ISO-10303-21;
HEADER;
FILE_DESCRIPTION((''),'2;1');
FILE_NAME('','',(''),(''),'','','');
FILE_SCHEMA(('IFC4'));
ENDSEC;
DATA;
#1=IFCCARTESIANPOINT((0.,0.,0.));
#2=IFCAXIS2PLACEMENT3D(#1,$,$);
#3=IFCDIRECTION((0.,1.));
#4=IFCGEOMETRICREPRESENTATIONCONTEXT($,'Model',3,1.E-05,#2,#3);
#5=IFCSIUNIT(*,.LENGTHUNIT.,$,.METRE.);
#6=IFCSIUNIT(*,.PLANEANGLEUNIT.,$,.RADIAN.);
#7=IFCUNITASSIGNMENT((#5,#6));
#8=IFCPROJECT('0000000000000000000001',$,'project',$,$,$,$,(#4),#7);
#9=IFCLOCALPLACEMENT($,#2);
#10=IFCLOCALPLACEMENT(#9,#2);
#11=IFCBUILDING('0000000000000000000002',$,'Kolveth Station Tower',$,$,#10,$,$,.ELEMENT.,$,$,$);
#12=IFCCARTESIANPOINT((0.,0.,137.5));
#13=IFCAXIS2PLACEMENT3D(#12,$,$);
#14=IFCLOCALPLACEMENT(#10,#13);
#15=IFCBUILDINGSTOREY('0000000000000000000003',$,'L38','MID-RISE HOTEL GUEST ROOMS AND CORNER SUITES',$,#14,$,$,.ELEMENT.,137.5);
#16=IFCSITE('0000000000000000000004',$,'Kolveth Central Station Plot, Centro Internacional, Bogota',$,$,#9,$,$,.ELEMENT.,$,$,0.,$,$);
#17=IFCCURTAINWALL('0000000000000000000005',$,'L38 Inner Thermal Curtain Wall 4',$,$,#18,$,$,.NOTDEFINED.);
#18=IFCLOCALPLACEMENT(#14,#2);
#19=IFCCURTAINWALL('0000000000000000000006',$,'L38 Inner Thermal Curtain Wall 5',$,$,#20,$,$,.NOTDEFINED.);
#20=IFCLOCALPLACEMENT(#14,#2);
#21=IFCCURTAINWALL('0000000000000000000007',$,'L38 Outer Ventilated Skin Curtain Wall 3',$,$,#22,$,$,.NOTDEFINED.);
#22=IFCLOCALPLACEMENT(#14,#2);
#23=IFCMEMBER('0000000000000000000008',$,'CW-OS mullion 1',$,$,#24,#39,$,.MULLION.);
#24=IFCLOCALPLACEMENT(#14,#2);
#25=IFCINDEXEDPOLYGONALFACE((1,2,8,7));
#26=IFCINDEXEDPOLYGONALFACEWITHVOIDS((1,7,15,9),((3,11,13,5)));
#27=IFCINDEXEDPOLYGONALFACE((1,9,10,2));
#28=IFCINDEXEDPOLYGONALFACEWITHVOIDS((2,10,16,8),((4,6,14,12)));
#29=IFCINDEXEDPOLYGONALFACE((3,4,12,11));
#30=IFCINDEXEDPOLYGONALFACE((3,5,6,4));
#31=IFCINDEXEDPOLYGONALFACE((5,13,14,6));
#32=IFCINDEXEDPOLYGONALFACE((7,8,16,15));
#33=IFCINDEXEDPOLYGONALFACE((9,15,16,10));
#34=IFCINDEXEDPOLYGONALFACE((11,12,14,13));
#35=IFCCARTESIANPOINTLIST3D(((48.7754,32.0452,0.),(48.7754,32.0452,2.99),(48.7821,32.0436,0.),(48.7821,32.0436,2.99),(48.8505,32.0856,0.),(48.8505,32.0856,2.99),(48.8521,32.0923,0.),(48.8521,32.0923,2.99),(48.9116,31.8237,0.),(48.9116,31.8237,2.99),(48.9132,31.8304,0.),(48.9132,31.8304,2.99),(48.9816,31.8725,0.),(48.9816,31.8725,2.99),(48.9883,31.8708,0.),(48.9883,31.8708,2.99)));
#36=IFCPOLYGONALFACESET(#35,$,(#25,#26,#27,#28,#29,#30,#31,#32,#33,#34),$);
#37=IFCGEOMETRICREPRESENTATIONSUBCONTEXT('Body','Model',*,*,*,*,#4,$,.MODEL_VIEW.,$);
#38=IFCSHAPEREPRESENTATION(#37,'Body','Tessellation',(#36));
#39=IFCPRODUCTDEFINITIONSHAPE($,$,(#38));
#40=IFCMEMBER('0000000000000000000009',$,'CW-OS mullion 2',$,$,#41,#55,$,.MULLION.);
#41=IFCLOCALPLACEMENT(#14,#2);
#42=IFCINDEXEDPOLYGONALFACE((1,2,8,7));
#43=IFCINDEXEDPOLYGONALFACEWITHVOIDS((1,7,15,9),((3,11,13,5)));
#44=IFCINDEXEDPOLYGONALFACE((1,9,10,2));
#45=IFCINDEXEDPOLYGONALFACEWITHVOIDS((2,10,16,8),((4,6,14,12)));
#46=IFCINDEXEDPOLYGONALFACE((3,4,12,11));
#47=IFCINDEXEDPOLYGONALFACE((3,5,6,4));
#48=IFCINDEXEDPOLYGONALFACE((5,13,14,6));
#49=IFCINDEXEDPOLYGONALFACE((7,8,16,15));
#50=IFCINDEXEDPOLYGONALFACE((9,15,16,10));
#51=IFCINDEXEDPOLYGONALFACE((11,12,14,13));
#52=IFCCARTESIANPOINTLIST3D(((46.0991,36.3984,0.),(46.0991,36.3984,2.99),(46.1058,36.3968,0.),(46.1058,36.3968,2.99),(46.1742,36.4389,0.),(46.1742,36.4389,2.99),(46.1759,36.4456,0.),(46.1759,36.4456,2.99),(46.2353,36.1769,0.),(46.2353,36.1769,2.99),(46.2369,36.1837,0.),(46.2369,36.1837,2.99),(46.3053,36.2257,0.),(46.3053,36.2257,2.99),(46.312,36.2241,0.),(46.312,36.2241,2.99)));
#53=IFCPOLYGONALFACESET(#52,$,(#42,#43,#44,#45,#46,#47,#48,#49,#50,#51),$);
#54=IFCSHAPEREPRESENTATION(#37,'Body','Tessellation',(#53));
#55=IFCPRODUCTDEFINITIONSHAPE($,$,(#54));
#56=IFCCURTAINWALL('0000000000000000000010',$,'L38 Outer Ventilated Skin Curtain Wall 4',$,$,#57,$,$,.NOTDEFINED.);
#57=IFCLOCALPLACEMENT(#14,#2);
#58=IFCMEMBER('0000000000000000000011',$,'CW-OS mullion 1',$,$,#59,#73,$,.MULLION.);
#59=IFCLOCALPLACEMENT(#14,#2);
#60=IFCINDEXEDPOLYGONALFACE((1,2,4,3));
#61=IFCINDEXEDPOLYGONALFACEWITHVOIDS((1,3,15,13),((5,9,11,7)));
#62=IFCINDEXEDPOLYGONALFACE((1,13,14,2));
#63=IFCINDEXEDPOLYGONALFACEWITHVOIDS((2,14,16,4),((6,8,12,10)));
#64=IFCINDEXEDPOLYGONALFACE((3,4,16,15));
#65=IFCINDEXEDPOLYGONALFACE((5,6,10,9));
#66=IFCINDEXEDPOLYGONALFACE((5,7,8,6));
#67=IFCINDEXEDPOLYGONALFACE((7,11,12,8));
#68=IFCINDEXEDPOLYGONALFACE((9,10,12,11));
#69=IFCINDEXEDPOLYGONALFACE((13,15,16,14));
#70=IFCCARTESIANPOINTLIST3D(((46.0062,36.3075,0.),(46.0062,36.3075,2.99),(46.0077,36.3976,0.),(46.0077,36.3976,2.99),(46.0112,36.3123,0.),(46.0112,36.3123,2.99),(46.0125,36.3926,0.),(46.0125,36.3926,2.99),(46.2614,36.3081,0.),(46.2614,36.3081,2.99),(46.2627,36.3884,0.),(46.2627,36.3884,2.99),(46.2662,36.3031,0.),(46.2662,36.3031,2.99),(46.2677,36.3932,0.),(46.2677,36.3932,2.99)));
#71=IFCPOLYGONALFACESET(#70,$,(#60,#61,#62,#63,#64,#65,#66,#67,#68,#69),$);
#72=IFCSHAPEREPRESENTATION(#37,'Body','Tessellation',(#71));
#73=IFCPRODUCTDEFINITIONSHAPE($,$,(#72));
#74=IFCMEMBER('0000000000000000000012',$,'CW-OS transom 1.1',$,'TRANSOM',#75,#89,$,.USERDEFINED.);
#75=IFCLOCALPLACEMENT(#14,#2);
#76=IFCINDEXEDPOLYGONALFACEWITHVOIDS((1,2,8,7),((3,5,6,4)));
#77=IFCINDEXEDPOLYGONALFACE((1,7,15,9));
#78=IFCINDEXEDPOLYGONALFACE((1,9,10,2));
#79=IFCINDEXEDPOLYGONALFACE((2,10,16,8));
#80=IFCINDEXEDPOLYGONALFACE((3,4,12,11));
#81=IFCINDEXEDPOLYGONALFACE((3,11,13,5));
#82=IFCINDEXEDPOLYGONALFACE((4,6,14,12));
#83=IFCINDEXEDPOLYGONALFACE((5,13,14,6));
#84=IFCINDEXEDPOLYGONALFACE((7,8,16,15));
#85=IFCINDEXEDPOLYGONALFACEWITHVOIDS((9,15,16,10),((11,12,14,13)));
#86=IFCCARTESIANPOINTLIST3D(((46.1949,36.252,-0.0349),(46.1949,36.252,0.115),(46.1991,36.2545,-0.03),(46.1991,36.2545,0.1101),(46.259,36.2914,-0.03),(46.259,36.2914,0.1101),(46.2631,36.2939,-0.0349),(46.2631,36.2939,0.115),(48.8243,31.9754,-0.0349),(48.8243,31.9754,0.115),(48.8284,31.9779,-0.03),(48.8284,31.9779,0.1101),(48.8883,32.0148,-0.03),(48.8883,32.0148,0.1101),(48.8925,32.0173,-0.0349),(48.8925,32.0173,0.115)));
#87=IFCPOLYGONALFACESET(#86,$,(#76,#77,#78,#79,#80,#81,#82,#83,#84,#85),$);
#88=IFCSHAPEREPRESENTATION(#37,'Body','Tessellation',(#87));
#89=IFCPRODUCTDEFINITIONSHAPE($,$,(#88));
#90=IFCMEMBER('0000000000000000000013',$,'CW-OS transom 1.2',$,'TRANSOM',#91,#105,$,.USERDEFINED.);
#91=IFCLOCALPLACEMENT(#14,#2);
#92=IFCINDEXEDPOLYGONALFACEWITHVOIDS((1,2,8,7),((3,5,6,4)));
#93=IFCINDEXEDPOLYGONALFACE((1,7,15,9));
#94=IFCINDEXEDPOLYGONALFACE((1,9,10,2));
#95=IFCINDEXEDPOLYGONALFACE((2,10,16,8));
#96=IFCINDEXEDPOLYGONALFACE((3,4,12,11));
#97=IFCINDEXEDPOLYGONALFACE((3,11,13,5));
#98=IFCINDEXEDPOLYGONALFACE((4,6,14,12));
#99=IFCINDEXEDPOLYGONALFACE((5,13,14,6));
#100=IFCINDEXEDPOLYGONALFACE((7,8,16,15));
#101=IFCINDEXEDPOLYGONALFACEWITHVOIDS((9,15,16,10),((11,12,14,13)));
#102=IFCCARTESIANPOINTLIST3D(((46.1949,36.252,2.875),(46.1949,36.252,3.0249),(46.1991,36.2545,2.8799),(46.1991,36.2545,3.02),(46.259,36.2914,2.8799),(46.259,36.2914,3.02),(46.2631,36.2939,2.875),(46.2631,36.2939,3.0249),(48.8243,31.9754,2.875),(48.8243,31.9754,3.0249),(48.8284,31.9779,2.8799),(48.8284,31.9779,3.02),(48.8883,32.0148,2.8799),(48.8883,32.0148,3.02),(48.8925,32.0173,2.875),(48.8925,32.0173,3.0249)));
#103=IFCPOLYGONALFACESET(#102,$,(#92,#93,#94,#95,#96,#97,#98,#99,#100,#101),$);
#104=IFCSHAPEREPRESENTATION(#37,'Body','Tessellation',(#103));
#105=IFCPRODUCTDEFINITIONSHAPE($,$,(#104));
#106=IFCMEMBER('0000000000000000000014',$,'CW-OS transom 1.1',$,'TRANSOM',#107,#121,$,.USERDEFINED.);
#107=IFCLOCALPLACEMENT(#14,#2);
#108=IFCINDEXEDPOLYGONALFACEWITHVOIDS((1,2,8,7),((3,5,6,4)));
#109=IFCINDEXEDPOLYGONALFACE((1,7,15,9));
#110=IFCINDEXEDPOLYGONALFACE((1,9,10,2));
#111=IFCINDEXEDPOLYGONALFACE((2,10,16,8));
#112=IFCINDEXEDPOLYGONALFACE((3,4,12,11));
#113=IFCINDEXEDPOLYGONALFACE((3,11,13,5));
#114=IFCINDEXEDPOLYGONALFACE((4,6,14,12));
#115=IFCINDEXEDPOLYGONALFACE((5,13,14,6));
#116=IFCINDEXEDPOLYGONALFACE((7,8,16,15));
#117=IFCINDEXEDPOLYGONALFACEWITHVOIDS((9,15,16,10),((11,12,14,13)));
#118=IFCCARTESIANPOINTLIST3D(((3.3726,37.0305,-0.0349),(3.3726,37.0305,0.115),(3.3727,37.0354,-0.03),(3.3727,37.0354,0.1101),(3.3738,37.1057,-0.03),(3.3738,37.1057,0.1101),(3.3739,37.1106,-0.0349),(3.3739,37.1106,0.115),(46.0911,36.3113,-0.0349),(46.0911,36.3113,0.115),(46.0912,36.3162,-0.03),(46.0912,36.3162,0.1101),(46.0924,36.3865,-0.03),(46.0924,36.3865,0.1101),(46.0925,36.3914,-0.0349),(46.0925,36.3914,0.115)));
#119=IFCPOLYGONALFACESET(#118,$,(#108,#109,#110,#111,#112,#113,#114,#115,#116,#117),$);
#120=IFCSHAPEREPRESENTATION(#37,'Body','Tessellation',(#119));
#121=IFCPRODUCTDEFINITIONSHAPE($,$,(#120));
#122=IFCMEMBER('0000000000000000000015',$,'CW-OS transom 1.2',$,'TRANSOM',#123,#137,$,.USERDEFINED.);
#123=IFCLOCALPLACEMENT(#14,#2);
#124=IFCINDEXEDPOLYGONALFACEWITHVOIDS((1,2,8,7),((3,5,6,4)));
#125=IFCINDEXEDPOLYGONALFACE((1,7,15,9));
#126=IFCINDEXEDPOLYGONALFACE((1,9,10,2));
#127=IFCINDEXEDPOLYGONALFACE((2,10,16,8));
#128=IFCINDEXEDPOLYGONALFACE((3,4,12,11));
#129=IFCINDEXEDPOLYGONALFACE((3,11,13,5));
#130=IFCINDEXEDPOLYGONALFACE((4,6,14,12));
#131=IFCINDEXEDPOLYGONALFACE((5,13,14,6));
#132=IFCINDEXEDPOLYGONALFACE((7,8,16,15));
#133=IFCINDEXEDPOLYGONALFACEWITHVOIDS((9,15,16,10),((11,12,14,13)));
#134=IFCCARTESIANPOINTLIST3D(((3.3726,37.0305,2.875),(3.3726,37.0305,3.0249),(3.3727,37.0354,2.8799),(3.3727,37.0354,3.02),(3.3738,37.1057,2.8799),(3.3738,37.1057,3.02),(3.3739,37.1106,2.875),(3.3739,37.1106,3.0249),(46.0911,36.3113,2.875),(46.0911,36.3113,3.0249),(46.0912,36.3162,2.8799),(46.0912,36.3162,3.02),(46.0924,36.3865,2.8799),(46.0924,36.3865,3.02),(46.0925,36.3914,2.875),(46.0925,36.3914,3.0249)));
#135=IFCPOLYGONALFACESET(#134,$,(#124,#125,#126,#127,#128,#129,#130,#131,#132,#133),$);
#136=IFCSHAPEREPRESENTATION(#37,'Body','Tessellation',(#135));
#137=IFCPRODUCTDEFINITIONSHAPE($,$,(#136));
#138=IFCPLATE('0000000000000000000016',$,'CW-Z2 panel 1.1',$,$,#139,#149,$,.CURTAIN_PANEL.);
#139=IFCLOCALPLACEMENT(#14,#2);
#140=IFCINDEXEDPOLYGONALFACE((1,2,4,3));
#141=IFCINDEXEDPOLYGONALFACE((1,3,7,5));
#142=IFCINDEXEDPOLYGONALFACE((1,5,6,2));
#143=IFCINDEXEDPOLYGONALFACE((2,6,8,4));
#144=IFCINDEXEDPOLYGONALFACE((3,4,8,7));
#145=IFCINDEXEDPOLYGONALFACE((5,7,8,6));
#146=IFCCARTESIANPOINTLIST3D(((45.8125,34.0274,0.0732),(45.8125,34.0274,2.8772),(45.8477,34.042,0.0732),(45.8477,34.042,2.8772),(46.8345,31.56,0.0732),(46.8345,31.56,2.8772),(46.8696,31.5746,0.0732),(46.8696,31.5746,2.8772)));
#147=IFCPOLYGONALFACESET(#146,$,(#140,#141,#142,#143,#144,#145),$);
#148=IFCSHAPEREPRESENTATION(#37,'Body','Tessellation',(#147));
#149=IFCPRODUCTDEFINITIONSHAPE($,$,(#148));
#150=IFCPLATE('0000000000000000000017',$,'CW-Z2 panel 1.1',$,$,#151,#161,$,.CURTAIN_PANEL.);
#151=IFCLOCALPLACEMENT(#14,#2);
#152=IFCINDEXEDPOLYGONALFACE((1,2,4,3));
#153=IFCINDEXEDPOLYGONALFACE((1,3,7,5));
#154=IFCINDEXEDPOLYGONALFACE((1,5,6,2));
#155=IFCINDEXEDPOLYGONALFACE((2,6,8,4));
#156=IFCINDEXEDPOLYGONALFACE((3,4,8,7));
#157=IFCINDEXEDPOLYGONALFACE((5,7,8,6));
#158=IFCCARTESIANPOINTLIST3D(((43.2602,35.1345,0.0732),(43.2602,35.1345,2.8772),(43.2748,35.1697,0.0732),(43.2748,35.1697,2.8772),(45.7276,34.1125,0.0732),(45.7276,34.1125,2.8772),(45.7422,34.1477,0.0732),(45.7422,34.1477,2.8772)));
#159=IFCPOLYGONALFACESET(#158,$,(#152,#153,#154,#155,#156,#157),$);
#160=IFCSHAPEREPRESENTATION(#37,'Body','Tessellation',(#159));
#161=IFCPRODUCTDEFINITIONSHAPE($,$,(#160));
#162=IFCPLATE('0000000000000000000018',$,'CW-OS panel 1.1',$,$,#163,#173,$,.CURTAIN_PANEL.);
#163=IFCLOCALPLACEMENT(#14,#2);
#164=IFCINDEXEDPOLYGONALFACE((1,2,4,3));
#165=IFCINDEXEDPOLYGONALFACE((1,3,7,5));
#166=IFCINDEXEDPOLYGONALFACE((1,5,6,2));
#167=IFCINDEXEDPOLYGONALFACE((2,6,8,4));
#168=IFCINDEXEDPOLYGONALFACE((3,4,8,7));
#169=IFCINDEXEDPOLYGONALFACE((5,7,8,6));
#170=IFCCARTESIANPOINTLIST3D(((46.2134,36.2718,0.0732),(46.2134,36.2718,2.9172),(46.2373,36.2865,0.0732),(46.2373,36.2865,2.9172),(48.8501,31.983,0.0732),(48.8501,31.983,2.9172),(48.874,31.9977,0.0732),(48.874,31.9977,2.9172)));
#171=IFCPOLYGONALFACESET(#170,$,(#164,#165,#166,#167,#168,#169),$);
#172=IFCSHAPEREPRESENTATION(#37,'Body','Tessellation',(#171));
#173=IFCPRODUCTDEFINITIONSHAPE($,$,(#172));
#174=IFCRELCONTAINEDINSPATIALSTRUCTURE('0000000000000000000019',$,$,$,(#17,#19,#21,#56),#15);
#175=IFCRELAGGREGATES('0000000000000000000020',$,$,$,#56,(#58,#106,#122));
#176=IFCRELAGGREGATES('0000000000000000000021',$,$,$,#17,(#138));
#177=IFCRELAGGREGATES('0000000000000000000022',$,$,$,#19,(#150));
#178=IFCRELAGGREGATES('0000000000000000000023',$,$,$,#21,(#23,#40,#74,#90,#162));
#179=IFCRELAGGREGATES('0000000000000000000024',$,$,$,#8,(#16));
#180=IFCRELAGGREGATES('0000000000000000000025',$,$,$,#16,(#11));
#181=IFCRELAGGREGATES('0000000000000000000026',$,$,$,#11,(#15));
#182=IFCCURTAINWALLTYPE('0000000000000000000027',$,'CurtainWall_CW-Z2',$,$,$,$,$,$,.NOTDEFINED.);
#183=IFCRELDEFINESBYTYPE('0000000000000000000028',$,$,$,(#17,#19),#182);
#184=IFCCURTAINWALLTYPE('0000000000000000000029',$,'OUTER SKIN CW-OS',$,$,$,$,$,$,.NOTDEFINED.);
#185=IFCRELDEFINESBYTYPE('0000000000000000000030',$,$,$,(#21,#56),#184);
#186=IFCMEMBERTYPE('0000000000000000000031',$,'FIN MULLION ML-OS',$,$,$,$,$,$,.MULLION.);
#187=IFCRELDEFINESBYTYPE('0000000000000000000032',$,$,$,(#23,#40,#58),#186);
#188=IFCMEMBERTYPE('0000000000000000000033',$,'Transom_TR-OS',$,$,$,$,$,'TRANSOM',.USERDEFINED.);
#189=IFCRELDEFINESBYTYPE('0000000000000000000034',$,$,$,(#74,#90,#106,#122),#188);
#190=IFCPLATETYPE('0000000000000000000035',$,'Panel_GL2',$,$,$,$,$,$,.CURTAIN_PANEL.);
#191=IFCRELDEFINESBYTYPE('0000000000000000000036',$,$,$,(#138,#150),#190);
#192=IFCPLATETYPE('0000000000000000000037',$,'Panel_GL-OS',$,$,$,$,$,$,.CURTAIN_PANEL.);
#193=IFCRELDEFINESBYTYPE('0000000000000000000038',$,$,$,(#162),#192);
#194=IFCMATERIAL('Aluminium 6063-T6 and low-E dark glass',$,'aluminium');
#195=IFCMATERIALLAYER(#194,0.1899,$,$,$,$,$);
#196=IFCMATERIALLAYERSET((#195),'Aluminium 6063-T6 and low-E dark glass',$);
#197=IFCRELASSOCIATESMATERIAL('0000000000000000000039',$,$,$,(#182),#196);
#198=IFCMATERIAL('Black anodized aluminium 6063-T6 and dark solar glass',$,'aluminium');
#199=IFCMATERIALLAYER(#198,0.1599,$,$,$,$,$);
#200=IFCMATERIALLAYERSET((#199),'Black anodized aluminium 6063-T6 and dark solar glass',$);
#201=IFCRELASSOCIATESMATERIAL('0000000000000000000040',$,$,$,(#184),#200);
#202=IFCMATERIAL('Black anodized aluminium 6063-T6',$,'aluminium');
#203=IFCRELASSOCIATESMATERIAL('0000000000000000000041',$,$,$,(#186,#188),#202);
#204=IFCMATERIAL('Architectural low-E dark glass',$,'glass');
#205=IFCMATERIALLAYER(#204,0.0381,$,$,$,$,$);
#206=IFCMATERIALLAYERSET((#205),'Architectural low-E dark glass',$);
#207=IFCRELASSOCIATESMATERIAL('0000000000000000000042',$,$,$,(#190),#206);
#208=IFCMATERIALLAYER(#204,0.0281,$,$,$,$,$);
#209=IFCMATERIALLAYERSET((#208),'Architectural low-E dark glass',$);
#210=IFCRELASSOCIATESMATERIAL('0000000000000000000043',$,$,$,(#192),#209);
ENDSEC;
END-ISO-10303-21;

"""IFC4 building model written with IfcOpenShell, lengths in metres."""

from ifc_helpers import new_model, si_unit, direction, frame, origin, origin_2d, place, context, subcontext, project, spatial, rectangle, hollow_rectangle, extrude, source, transform, mapped, material, layer, layer_set, material_profile, profile_set, type_object, element, aggregate, save


model = new_model("IFC4")

# Units and contexts
model_context = context("Model", 3, precision=1e-05, world=origin(), true_north=direction((0.0, 1.0)))
body_context = subcontext(model_context, "Body", "Model", "MODEL_VIEW")
ifc_project = project(units=[si_unit("LENGTHUNIT", "METRE"), si_unit("PLANEANGLEUNIT", "RADIAN")], contexts=[model_context])

# Site, building, storey
site_placement = place(None, origin())
site = spatial("IfcSite", under=ifc_project, at=site_placement, Name="Kolveth Central Station Plot, Centro Internacional, Bogota", CompositionType="ELEMENT", RefElevation=0.0)
building_placement = place(site_placement, origin())
building = spatial("IfcBuilding", under=site, at=building_placement, Name="Kolveth Station Tower", CompositionType="ELEMENT")
storey_placement = place(building_placement, frame((0.0, 0.0, 137.5)))
storey = spatial("IfcBuildingStorey", under=building, at=storey_placement, Name="L38", Description="MID-RISE HOTEL GUEST ROOMS AND CORNER SUITES", CompositionType="ELEMENT", Elevation=137.5)

# Curtain wall
ifc_material_1 = material(Name="Aluminium 6063-T6 and low-E dark glass", Category="aluminium")
ifc_layer_1 = layer(ifc_material_1, 0.1899)
ifc_layer_set_1 = layer_set([ifc_layer_1], Name="Aluminium 6063-T6 and low-E dark glass")
curtain_wall_type_1 = type_object("IfcCurtainWallType", Name="CurtainWall_CW-Z2", PredefinedType="NOTDEFINED", material=ifc_layer_set_1)
curtain_wall_1_placement = place(storey_placement, origin())
curtain_wall_1 = element("IfcCurtainWall", 1, at=curtain_wall_1_placement, inside=storey, type_object=curtain_wall_type_1, Name="L38 Inner Thermal Curtain Wall 4", PredefinedType="NOTDEFINED")
ifc_material_2 = material(Name="Black anodized aluminium 6063-T6", Category="aluminium")

# Curtain wall
curtain_wall_2_placement = place(storey_placement, origin())
curtain_wall_2 = element("IfcCurtainWall", 2, at=curtain_wall_2_placement, inside=storey, type_object=curtain_wall_type_1, Name="L38 Inner Thermal Curtain Wall 5", PredefinedType="NOTDEFINED")

# Shared definitions
ifc_material_3 = material(Name="Black anodized aluminium 6063-T6 and dark solar glass", Category="aluminium")
ifc_layer_2 = layer(ifc_material_3, 0.1599)
ifc_layer_set_2 = layer_set([ifc_layer_2], Name="Black anodized aluminium 6063-T6 and dark solar glass")
curtain_wall_type_2 = type_object("IfcCurtainWallType", Name="OUTER SKIN CW-OS", PredefinedType="NOTDEFINED", material=ifc_layer_set_2)
ifc_material_profile_1 = material_profile(ifc_material_2, hollow_rectangle(XDim=0.0901, YDim=0.26, WallThickness=0.0049, at=origin_2d()), Name="ALU-90x260x5")
ifc_profile_set_1 = profile_set([ifc_material_profile_1], Name="Black anodized aluminium 6063-T6")
member_type_1 = type_object("IfcMemberType", Name="FIN MULLION ML-OS", PredefinedType="MULLION", material=ifc_profile_set_1)
shared_shape_1 = source(origin(), body_context, "Body", "SweptSolid", [
    extrude(hollow_rectangle(XDim=0.0901, YDim=0.26, WallThickness=0.0049, at=origin_2d()), origin(), (0.0, 0.0, 1.0), 2.99),
])

# Curtain wall, members
curtain_wall_3_placement = place(storey_placement, origin())
curtain_wall_3 = element("IfcCurtainWall", 3, at=curtain_wall_3_placement, inside=storey, type_object=curtain_wall_type_2, Name="L38 Outer Ventilated Skin Curtain Wall 3", PredefinedType="NOTDEFINED")
member_1_placement = place(storey_placement, frame((48.8818, 31.958, 0.0), z_axis=(0.0, 0.0, 1.0), x_axis=(-0.851883, -0.523733, 0.0)))
member_1 = element("IfcMember", 4, at=member_1_placement, type_object=member_type_1, Name="CW-OS mullion 1", PredefinedType="MULLION", context=body_context, shape_type="MappedRepresentation", body=[
    mapped(shared_shape_1, transform((0.0, 0.0, 0.0), x_axis=(1.0, 0.0, 0.0), y_axis=(0.0, 1.0, 0.0), z_axis=(0.0, 0.0, 1.0), scale=1.0)),
])
member_2_placement = place(storey_placement, frame((46.2056, 36.3113, 0.0), z_axis=(0.0, 0.0, 1.0), x_axis=(-0.851883, -0.523733, 0.0)))
member_2 = element("IfcMember", 5, at=member_2_placement, type_object=member_type_1, Name="CW-OS mullion 2", PredefinedType="MULLION", context=body_context, shape_type="MappedRepresentation", body=[
    mapped(shared_shape_1, transform((0.0, 0.0, 0.0), x_axis=(1.0, 0.0, 0.0), y_axis=(0.0, 1.0, 0.0), z_axis=(0.0, 0.0, 1.0), scale=1.0)),
])

# Curtain wall, member
curtain_wall_4_placement = place(storey_placement, origin())
curtain_wall_4 = element("IfcCurtainWall", 6, at=curtain_wall_4_placement, inside=storey, type_object=curtain_wall_type_2, Name="L38 Outer Ventilated Skin Curtain Wall 4", PredefinedType="NOTDEFINED")
member_3_placement = place(storey_placement, frame((46.137, 36.3503, 0.0), z_axis=(0.0, 0.0, 1.0), x_axis=(-0.016837, -0.999858, 0.0)))
member_3 = element("IfcMember", 7, at=member_3_placement, type_object=member_type_1, Name="CW-OS mullion 1", PredefinedType="MULLION", context=body_context, shape_type="MappedRepresentation", body=[
    mapped(shared_shape_1, transform((0.0, 0.0, 0.0), x_axis=(1.0, 0.0, 0.0), y_axis=(0.0, 1.0, 0.0), z_axis=(0.0, 0.0, 1.0), scale=1.0)),
])

# Members
ifc_material_profile_2 = material_profile(ifc_material_2, hollow_rectangle(XDim=0.0801, YDim=0.1499, WallThickness=0.0049, at=origin_2d()), Name="ALU-80x150x5")
ifc_profile_set_2 = profile_set([ifc_material_profile_2], Name="Black anodized aluminium 6063-T6")
member_type_2 = type_object("IfcMemberType", Name="Transom_TR-OS", ElementType="TRANSOM", PredefinedType="USERDEFINED", material=ifc_profile_set_2)
shared_shape_2 = source(origin(), body_context, "Body", "SweptSolid", [
    extrude(hollow_rectangle(XDim=0.0801, YDim=0.1499, WallThickness=0.0049, at=origin_2d()), origin(), (0.0, 0.0, 1.0), 5.0203),
])
member_4_placement = place(storey_placement, frame((48.8584, 31.9963, 0.04), z_axis=(-0.523756, 0.851869, 0.0), x_axis=(-0.851869, -0.523756, 0.0)))
member_4 = element("IfcMember", 8, at=member_4_placement, type_object=member_type_2, Name="CW-OS transom 1.1", ObjectType="TRANSOM", PredefinedType="USERDEFINED", context=body_context, shape_type="MappedRepresentation", body=[
    mapped(shared_shape_2, transform((0.0, 0.0, 0.0), x_axis=(1.0, 0.0, 0.0), y_axis=(0.0, 1.0, 0.0), z_axis=(0.0, 0.0, 1.0), scale=1.0)),
])
member_5_placement = place(storey_placement, frame((48.8584, 31.9963, 2.95), z_axis=(-0.523756, 0.851869, 0.0), x_axis=(-0.851869, -0.523756, 0.0)))
member_5 = element("IfcMember", 9, at=member_5_placement, type_object=member_type_2, Name="CW-OS transom 1.2", ObjectType="TRANSOM", PredefinedType="USERDEFINED", context=body_context, shape_type="MappedRepresentation", body=[
    mapped(shared_shape_2, transform((0.0, 0.0, 0.0), x_axis=(1.0, 0.0, 0.0), y_axis=(0.0, 1.0, 0.0), z_axis=(0.0, 0.0, 1.0), scale=1.0)),
])
shared_shape_3 = source(origin(), body_context, "Body", "SweptSolid", [
    extrude(hollow_rectangle(XDim=0.0801, YDim=0.1499, WallThickness=0.0049, at=origin_2d()), origin(), (0.0, 0.0, 1.0), 42.7246),
])
member_6_placement = place(storey_placement, frame((46.0918, 36.3513, 0.04), z_axis=(-0.999858, 0.016834, 0.0), x_axis=(-0.016834, -0.999858, 0.0)))
member_6 = element("IfcMember", 10, at=member_6_placement, type_object=member_type_2, Name="CW-OS transom 1.1", ObjectType="TRANSOM", PredefinedType="USERDEFINED", context=body_context, shape_type="MappedRepresentation", body=[
    mapped(shared_shape_3, transform((0.0, 0.0, 0.0), x_axis=(1.0, 0.0, 0.0), y_axis=(0.0, 1.0, 0.0), z_axis=(0.0, 0.0, 1.0), scale=1.0)),
])
member_7_placement = place(storey_placement, frame((46.0918, 36.3513, 2.95), z_axis=(-0.999858, 0.016834, 0.0), x_axis=(-0.016834, -0.999858, 0.0)))
member_7 = element("IfcMember", 11, at=member_7_placement, type_object=member_type_2, Name="CW-OS transom 1.2", ObjectType="TRANSOM", PredefinedType="USERDEFINED", context=body_context, shape_type="MappedRepresentation", body=[
    mapped(shared_shape_3, transform((0.0, 0.0, 0.0), x_axis=(1.0, 0.0, 0.0), y_axis=(0.0, 1.0, 0.0), z_axis=(0.0, 0.0, 1.0), scale=1.0)),
])
aggregate(curtain_wall_4, [member_3, member_6, member_7])

# Plates
ifc_material_4 = material(Name="Architectural low-E dark glass", Category="glass")
ifc_layer_3 = layer(ifc_material_4, 0.0381)
ifc_layer_set_3 = layer_set([ifc_layer_3], Name="Architectural low-E dark glass")
plate_type_1 = type_object("IfcPlateType", Name="Panel_GL2", PredefinedType="CURTAIN_PANEL", material=ifc_layer_set_3)
shared_shape_4 = source(origin(), body_context, "Body", "SweptSolid", [
    extrude(rectangle(XDim=2.6707, YDim=0.0381, at=origin_2d()), origin(), (0.0, 0.0, 1.0), 2.804),
])
plate_1_placement = place(storey_placement, frame((46.3411, 32.801, 0.0732), z_axis=(0.0, 0.0, 1.0), x_axis=(-0.382663, 0.923888, 0.0)))
plate_1 = element("IfcPlate", 12, at=plate_1_placement, type_object=plate_type_1, Name="CW-Z2 panel 1.1", PredefinedType="CURTAIN_PANEL", context=body_context, shape_type="MappedRepresentation", body=[
    mapped(shared_shape_4, transform((0.0, 0.0, 0.0), x_axis=(1.0, 0.0, 0.0), y_axis=(0.0, 1.0, 0.0), z_axis=(0.0, 0.0, 1.0), scale=1.0)),
])
aggregate(curtain_wall_1, [plate_1])
plate_2_placement = place(storey_placement, frame((44.5012, 34.6411, 0.0732), z_axis=(0.0, 0.0, 1.0), x_axis=(-0.923888, 0.382663, 0.0)))
plate_2 = element("IfcPlate", 13, at=plate_2_placement, type_object=plate_type_1, Name="CW-Z2 panel 1.1", PredefinedType="CURTAIN_PANEL", context=body_context, shape_type="MappedRepresentation", body=[
    mapped(shared_shape_4, transform((0.0, 0.0, 0.0), x_axis=(1.0, 0.0, 0.0), y_axis=(0.0, 1.0, 0.0), z_axis=(0.0, 0.0, 1.0), scale=1.0)),
])
aggregate(curtain_wall_2, [plate_2])
ifc_layer_4 = layer(ifc_material_4, 0.0281)
ifc_layer_set_4 = layer_set([ifc_layer_4], Name="Architectural low-E dark glass")
plate_type_2 = type_object("IfcPlateType", Name="Panel_GL-OS", PredefinedType="CURTAIN_PANEL", material=ifc_layer_set_4)
shared_shape_5 = source(origin(), body_context, "Body", "SweptSolid", [
    extrude(rectangle(XDim=5.0344, YDim=0.0281, at=origin_2d()), origin(), (0.0, 0.0, 1.0), 2.844),
])
plate_3_placement = place(storey_placement, frame((47.5437, 34.1348, 0.0732), z_axis=(0.0, 0.0, 1.0), x_axis=(-0.523733, 0.851883, 0.0)))
plate_3 = element("IfcPlate", 14, at=plate_3_placement, type_object=plate_type_2, Name="CW-OS panel 1.1", PredefinedType="CURTAIN_PANEL", context=body_context, shape_type="MappedRepresentation", body=[
    mapped(shared_shape_5, transform((0.0, 0.0, 0.0), x_axis=(1.0, 0.0, 0.0), y_axis=(0.0, 1.0, 0.0), z_axis=(0.0, 0.0, 1.0), scale=1.0)),
])
aggregate(curtain_wall_3, [member_1, member_2, member_4, member_5, plate_3])

save(model, "model.ifc")
